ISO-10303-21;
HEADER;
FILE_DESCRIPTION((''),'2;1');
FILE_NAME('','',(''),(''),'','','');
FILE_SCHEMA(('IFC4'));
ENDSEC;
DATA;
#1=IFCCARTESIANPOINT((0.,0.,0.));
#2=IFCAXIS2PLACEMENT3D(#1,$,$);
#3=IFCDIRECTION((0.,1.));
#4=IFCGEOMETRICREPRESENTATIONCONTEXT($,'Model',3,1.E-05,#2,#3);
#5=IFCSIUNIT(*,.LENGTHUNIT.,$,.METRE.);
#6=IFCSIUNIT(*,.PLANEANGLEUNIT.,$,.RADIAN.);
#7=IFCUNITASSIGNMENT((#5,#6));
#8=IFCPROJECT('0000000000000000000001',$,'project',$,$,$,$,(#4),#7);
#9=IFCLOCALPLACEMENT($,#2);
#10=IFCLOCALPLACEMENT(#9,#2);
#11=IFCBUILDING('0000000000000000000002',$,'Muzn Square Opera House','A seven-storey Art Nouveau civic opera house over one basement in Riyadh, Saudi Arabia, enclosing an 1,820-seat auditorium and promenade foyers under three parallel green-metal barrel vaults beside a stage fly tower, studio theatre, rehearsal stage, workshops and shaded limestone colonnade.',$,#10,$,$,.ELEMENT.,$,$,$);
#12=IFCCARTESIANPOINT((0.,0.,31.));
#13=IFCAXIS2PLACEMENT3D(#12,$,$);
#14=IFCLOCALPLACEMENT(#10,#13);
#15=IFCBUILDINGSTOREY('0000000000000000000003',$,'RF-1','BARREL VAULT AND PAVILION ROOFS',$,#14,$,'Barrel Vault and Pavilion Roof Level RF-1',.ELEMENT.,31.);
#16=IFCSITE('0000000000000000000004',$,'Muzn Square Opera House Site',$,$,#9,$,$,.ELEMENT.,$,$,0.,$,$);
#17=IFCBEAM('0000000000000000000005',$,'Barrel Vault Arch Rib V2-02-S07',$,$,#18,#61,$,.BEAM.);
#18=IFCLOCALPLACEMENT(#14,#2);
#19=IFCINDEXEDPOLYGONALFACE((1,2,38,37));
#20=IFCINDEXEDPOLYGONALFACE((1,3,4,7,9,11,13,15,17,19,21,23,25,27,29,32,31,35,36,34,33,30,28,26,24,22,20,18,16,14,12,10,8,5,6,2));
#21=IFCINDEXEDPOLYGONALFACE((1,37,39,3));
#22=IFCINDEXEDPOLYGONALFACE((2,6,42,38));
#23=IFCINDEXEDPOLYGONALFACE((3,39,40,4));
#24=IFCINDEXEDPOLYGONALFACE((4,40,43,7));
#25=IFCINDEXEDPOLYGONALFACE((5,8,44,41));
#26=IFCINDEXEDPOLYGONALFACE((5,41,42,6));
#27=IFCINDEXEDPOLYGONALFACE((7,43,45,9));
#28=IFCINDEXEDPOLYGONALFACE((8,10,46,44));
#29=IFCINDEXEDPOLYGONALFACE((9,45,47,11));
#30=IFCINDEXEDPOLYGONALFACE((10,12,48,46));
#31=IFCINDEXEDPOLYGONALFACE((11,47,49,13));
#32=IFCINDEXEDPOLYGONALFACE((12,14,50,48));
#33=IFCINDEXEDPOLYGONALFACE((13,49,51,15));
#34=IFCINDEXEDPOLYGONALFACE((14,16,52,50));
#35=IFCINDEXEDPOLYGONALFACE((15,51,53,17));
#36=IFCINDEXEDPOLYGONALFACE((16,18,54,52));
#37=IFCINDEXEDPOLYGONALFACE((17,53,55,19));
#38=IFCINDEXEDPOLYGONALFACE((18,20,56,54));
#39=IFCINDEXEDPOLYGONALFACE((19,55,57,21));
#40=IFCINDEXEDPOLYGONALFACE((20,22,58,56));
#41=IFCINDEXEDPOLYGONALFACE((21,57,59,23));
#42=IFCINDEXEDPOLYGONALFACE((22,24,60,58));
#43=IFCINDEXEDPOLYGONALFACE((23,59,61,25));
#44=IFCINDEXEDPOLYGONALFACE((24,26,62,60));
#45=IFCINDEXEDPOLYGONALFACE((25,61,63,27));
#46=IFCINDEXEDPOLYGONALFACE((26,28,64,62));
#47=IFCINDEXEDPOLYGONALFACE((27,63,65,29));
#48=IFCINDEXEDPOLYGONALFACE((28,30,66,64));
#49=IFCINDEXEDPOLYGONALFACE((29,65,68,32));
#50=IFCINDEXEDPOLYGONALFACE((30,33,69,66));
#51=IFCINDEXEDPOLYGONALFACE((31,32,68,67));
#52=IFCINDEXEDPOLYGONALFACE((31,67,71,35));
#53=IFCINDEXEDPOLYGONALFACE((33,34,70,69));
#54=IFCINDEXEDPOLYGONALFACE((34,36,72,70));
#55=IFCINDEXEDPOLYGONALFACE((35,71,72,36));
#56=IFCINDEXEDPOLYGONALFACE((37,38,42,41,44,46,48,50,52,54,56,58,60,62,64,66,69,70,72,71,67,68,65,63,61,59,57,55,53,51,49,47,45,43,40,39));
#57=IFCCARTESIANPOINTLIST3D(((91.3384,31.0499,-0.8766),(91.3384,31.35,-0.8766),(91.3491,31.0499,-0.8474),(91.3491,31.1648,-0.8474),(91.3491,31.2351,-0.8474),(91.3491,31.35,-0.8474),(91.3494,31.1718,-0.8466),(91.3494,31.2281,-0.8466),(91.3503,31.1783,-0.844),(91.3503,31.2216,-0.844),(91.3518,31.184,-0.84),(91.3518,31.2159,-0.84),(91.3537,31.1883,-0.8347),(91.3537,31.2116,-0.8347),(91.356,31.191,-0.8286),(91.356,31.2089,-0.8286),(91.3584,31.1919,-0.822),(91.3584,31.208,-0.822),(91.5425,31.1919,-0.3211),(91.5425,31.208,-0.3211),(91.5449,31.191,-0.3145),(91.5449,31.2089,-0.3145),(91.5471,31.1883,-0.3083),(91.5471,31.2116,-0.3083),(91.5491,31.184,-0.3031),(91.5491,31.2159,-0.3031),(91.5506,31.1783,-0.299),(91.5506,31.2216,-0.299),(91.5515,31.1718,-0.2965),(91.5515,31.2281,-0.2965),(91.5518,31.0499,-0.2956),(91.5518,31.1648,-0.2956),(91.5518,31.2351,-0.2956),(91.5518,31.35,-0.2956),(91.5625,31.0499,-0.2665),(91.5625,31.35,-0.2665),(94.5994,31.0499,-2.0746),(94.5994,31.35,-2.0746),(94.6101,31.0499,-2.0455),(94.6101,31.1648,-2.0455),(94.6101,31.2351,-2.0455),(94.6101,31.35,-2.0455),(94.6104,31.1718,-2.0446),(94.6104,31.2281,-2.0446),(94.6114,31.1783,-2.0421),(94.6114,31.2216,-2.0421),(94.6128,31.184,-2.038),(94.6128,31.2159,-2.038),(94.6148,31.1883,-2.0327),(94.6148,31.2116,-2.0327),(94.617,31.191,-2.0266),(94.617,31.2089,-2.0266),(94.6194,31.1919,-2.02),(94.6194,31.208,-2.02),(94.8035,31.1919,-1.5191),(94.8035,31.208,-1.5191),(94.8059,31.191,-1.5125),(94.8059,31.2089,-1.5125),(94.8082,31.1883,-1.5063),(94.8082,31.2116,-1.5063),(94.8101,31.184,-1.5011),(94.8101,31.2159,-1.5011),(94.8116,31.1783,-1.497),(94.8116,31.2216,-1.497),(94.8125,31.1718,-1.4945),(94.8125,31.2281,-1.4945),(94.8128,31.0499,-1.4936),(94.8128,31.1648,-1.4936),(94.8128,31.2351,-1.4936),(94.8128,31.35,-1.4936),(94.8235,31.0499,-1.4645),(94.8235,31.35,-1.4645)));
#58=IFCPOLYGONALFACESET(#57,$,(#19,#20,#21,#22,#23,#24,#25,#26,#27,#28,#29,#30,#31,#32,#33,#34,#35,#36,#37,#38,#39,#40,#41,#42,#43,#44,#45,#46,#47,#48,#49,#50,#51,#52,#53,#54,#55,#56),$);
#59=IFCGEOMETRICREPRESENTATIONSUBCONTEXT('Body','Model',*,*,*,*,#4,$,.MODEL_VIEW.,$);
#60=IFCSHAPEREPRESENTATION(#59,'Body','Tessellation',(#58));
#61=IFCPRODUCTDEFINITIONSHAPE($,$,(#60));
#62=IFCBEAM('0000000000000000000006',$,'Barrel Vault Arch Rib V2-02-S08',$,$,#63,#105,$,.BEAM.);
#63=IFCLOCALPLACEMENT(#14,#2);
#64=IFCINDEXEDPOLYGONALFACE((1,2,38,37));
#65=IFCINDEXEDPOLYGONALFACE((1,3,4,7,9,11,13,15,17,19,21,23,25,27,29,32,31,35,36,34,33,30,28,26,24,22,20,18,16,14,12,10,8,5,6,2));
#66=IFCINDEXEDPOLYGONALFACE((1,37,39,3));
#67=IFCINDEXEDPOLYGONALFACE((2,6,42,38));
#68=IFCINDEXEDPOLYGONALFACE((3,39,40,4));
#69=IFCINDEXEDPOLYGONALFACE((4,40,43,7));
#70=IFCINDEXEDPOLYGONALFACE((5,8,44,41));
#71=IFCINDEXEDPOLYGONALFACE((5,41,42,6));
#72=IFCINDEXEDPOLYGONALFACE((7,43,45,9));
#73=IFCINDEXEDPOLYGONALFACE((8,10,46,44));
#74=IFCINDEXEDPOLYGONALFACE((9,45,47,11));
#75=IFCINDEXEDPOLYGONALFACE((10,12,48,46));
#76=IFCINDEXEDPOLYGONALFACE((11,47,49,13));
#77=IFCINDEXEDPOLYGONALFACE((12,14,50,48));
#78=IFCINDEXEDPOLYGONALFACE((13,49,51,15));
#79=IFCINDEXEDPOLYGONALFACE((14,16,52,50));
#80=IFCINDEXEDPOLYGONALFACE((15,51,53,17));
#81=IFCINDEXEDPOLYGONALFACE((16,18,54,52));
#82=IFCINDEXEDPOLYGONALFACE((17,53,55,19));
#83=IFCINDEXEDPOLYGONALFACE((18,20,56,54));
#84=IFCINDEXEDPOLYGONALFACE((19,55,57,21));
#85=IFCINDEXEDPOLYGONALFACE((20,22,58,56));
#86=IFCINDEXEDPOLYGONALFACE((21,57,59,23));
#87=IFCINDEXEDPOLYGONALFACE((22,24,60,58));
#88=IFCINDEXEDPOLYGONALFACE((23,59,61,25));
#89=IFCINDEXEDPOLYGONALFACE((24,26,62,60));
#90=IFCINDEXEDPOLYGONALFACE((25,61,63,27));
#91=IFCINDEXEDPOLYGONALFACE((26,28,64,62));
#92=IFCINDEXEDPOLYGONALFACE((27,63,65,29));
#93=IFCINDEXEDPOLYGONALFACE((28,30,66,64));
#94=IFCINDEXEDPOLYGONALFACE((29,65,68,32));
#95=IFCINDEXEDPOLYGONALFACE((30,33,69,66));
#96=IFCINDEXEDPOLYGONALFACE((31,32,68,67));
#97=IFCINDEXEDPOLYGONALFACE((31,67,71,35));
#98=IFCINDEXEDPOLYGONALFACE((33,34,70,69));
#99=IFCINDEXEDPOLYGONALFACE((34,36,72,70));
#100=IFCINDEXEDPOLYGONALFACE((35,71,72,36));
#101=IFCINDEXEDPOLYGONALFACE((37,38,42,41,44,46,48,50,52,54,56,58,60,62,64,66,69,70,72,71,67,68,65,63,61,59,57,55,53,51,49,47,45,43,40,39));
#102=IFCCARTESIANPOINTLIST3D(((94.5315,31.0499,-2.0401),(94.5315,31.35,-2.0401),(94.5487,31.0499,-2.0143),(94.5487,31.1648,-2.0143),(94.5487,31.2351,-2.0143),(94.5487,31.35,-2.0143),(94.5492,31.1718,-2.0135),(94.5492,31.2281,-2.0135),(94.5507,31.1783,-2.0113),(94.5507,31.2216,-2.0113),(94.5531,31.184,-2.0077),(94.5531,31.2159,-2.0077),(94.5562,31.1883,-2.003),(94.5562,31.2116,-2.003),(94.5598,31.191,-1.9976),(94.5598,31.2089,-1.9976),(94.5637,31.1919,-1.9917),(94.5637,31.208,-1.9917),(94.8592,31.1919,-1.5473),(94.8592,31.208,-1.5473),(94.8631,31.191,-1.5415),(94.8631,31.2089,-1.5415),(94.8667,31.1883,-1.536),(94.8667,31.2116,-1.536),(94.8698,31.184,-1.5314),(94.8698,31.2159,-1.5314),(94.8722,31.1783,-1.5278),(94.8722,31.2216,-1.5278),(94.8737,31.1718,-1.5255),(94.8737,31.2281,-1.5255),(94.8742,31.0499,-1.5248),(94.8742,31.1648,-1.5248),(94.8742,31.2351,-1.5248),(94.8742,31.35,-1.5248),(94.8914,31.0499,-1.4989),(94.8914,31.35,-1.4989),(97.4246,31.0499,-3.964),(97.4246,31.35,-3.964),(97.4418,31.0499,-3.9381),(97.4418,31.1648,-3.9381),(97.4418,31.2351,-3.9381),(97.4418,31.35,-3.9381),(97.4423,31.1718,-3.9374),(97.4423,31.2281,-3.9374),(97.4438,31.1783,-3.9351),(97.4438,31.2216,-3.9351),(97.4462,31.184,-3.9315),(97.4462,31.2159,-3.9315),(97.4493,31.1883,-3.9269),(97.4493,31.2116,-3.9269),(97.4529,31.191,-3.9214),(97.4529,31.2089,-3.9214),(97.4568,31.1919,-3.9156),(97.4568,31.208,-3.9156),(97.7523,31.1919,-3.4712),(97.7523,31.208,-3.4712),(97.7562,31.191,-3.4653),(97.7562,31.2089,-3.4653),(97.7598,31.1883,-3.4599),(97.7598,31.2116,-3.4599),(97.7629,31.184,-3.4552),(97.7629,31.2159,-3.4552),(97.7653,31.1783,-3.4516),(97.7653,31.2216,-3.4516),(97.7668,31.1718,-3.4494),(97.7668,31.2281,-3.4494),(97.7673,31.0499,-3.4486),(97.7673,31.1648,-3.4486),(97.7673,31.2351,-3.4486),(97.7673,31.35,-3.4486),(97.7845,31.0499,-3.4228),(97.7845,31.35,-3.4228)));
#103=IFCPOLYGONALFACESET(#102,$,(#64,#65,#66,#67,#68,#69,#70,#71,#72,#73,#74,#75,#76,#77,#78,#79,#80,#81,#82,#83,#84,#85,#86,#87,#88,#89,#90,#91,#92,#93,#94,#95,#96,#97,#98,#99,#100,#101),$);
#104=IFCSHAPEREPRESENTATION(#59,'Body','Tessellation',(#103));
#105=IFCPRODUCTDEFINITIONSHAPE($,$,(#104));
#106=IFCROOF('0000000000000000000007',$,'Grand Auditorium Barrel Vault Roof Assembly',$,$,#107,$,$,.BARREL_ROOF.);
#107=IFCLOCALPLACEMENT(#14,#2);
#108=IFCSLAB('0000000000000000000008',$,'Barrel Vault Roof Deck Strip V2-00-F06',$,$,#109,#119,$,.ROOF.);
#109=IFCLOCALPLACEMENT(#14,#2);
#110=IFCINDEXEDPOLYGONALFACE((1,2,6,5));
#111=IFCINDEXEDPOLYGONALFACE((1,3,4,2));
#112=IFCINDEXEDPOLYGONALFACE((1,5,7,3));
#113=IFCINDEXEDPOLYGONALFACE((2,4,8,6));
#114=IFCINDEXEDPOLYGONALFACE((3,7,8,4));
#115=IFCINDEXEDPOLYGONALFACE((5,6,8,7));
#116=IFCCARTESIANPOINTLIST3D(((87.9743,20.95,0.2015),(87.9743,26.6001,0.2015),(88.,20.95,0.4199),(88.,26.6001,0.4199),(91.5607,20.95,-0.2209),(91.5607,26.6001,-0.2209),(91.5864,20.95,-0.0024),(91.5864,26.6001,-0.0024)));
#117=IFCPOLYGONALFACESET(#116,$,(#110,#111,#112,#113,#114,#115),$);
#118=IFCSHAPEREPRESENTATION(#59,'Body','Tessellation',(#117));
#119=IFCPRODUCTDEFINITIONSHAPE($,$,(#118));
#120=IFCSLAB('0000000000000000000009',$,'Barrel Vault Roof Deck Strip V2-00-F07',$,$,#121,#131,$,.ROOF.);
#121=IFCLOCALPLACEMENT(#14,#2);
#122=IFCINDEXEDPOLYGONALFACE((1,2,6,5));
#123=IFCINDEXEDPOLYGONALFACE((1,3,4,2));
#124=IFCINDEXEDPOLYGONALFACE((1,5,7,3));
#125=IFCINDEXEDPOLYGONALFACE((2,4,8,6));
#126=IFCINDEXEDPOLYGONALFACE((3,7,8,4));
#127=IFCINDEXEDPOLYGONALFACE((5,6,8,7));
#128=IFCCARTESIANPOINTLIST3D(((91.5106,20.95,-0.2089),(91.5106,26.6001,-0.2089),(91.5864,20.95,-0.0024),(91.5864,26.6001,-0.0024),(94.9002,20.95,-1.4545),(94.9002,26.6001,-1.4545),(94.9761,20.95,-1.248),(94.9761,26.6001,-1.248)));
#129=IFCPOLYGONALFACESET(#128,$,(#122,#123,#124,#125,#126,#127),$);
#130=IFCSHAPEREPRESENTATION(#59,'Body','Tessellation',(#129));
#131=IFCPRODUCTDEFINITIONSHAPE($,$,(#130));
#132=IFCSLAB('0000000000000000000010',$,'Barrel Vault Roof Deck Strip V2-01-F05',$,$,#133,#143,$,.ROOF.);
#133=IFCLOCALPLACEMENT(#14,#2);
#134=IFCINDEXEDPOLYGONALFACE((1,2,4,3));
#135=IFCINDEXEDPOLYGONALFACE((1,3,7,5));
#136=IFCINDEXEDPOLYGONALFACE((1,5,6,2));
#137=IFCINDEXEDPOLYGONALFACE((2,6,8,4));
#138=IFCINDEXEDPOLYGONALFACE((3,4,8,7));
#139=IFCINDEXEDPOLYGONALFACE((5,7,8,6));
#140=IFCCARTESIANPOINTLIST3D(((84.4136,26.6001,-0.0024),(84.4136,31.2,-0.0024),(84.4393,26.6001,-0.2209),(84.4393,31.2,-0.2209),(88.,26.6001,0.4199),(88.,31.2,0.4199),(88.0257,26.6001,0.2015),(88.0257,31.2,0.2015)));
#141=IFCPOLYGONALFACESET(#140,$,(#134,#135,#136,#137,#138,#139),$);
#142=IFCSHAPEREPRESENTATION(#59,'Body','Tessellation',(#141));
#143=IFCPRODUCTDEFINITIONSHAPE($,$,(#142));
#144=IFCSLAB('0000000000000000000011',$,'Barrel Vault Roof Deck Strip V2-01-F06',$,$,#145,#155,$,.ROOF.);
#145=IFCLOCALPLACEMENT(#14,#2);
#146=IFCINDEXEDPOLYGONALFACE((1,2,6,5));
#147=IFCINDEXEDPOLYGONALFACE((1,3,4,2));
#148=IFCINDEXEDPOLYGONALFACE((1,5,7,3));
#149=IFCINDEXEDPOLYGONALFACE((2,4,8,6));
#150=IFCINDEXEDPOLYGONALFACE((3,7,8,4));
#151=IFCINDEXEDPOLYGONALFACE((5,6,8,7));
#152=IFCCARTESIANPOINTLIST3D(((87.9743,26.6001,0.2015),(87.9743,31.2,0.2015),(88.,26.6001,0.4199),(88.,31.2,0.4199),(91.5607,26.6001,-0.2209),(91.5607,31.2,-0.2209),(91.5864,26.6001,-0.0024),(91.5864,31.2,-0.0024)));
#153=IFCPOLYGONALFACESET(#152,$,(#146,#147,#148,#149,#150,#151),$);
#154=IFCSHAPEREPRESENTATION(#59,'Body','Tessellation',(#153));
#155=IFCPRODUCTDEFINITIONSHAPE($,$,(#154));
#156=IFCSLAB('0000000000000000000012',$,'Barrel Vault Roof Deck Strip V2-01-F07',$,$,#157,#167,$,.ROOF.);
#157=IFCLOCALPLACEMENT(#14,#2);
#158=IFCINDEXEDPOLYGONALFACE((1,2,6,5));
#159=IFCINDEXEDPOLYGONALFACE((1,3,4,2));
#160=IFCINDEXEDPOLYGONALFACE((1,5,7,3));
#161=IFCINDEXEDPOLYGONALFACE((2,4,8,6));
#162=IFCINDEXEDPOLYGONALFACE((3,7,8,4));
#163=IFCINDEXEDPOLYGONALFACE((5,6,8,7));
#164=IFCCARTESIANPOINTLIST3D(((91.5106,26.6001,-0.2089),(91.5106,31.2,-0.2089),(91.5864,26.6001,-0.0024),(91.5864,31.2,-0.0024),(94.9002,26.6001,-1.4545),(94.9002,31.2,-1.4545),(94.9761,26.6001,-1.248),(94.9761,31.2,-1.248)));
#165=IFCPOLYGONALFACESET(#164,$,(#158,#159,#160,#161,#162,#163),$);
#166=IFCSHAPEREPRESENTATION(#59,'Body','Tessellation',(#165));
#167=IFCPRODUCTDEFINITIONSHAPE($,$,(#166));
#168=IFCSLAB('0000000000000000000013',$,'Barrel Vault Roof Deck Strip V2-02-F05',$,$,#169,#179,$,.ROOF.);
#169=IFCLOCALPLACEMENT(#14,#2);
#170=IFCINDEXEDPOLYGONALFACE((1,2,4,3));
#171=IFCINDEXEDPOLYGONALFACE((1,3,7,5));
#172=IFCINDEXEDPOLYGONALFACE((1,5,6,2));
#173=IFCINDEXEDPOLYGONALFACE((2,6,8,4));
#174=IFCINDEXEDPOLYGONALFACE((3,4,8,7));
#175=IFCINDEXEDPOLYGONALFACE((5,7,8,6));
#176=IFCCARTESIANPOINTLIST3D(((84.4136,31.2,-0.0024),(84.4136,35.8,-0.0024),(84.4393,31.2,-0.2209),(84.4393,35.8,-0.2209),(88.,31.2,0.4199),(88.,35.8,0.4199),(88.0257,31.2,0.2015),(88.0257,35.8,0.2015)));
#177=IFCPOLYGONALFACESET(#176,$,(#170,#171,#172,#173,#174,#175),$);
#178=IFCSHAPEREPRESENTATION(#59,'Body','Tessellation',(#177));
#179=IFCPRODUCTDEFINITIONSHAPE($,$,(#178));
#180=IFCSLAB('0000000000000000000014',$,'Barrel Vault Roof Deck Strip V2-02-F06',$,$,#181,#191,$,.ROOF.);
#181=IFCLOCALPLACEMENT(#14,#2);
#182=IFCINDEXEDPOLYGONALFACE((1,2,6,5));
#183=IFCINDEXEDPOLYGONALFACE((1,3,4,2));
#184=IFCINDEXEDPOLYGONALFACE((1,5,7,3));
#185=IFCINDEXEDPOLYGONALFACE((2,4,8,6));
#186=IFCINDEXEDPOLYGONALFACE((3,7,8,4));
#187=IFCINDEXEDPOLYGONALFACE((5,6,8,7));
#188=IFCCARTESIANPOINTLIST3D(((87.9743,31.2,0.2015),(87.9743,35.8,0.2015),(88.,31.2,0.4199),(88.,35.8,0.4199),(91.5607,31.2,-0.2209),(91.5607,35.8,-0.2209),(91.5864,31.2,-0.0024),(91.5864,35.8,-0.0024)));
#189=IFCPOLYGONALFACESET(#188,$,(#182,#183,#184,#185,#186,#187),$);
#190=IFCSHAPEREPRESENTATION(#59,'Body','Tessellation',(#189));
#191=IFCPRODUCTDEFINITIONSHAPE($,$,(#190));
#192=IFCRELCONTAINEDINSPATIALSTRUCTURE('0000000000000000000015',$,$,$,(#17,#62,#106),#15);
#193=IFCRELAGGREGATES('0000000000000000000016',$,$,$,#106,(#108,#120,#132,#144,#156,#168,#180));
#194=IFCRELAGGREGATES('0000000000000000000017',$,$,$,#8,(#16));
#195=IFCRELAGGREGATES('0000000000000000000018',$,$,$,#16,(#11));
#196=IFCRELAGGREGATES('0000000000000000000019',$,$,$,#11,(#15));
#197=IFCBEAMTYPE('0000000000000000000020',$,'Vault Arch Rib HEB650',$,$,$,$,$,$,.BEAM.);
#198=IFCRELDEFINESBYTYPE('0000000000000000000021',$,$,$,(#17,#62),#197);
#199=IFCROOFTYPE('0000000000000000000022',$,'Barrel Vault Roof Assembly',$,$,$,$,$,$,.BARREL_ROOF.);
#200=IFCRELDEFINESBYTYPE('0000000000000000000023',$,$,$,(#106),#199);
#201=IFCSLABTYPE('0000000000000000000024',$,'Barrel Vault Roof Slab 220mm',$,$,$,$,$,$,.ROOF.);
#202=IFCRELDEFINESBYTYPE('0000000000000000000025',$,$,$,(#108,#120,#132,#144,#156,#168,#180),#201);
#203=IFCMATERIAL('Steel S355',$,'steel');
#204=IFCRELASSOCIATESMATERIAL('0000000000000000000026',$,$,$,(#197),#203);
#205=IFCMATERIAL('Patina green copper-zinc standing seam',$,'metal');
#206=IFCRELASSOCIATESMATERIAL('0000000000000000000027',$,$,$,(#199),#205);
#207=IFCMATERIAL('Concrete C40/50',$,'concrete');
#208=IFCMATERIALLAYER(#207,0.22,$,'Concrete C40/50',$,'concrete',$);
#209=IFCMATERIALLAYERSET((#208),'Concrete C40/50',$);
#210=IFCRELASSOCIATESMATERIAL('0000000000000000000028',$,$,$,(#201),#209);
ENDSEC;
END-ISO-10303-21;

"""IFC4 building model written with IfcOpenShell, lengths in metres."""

from ifc_helpers import new_model, si_unit, direction, frame, origin, origin_2d, place, context, subcontext, project, spatial, polyline, i_section, outline, extrude, material, layer, layer_set, material_profile, profile_set, type_object, element, aggregate, save


model = new_model("IFC4")

# Units and contexts
model_context = context("Model", 3, precision=1e-05, world=origin(), true_north=direction((0.0, 1.0)))
body_context = subcontext(model_context, "Body", "Model", "MODEL_VIEW")
ifc_project = project(units=[si_unit("LENGTHUNIT", "METRE"), si_unit("PLANEANGLEUNIT", "RADIAN")], contexts=[model_context])

# Site, building, storey
site_placement = place(None, origin())
site = spatial("IfcSite", under=ifc_project, at=site_placement, Name="Muzn Square Opera House Site", CompositionType="ELEMENT", RefElevation=0.0)
building_placement = place(site_placement, origin())
building = spatial("IfcBuilding", under=site, at=building_placement, Name="Muzn Square Opera House", Description="A seven-storey Art Nouveau civic opera house over one basement in Riyadh, Saudi Arabia, enclosing an 1,820-seat auditorium and promenade foyers under three parallel green-metal barrel vaults beside a stage fly tower, studio theatre, rehearsal stage, workshops and shaded limestone colonnade.", CompositionType="ELEMENT")
storey_placement = place(building_placement, frame((0.0, 0.0, 31.0)))
storey = spatial("IfcBuildingStorey", under=building, at=storey_placement, Name="RF-1", Description="BARREL VAULT AND PAVILION ROOFS", LongName="Barrel Vault and Pavilion Roof Level RF-1", CompositionType="ELEMENT", Elevation=31.0)

# Beams
ifc_material_1 = material(Name="Steel S355", Category="steel")
ifc_material_profile_1 = material_profile(ifc_material_1, i_section(OverallWidth=0.3, OverallDepth=0.6499, WebThickness=0.0161, FlangeThickness=0.031, FilletRadius=0.0271, at=origin_2d()), Name="HEB 650", Category="steel")
ifc_profile_set_1 = profile_set([ifc_material_profile_1], Name="Steel S355")
beam_type_1 = type_object("IfcBeamType", Name="Vault Arch Rib HEB650", PredefinedType="BEAM", material=ifc_profile_set_1)
beam_1_placement = place(storey_placement, frame((91.4504, 31.2, -0.5715), z_axis=(0.938662, 0.0, -0.344839), x_axis=(0.0, 1.0, 0.0)))
element("IfcBeam", 1, at=beam_1_placement, inside=storey, type_object=beam_type_1, Name="Barrel Vault Arch Rib V2-02-S07", PredefinedType="BEAM", context=body_context, shape_type="SweptSolid", body=[
    extrude(i_section(OverallWidth=0.3, OverallDepth=0.6499, WebThickness=0.0161, FlangeThickness=0.031, FilletRadius=0.0271, at=origin_2d()), origin(), (0.0, 0.0, 1.0), 3.4741),
])
beam_2_placement = place(storey_placement, frame((94.7114, 31.2, -1.7695), z_axis=(0.832698, 0.0, -0.553727), x_axis=(0.0, 1.0, 0.0)))
element("IfcBeam", 2, at=beam_2_placement, inside=storey, type_object=beam_type_1, Name="Barrel Vault Arch Rib V2-02-S08", PredefinedType="BEAM", context=body_context, shape_type="SweptSolid", body=[
    extrude(i_section(OverallWidth=0.3, OverallDepth=0.6499, WebThickness=0.0161, FlangeThickness=0.031, FilletRadius=0.0271, at=origin_2d()), origin(), (0.0, 0.0, 1.0), 3.4744),
])

# Roof, slabs
ifc_material_2 = material(Name="Patina green copper-zinc standing seam", Category="metal")
roof_type = type_object("IfcRoofType", Name="Barrel Vault Roof Assembly", PredefinedType="BARREL_ROOF", material=ifc_material_2)
roof_placement = place(storey_placement, origin())
roof = element("IfcRoof", 3, at=roof_placement, inside=storey, type_object=roof_type, Name="Grand Auditorium Barrel Vault Roof Assembly", PredefinedType="BARREL_ROOF")
ifc_material_3 = material(Name="Concrete C40/50", Category="concrete")
ifc_layer_1 = layer(ifc_material_3, 0.22, Name="Concrete C40/50", Category="concrete")
ifc_layer_set_1 = layer_set([ifc_layer_1], Name="Concrete C40/50")
slab_type = type_object("IfcSlabType", Name="Barrel Vault Roof Slab 220mm", PredefinedType="ROOF", material=ifc_layer_set_1)
slab_1_placement = place(storey_placement, frame((88.0, 20.95, 0.4199), z_axis=(0.116959, 0.0, 0.993137), x_axis=(0.993137, 0.0, -0.116959)))
slab_1 = element("IfcSlab", 4, at=slab_1_placement, type_object=slab_type, Name="Barrel Vault Roof Deck Strip V2-00-F06", PredefinedType="ROOF", context=body_context, shape_type="SweptSolid", body=[
    extrude(outline(polyline([(0.0, 0.0), (3.6112, 0.0), (3.6112, 5.6501), (0.0, 5.6501), (0.0, 0.0)])), origin(), (0.0, 0.0, -1.0), 0.22),
])
slab_2_placement = place(storey_placement, frame((91.5864, 20.95, -0.0024), z_axis=(0.344922, 0.0, 0.938631), x_axis=(0.938631, 0.0, -0.344922)))
slab_2 = element("IfcSlab", 5, at=slab_2_placement, type_object=slab_type, Name="Barrel Vault Roof Deck Strip V2-00-F07", PredefinedType="ROOF", context=body_context, shape_type="SweptSolid", body=[
    extrude(outline(polyline([(0.0, 0.0), (3.6113, 0.0), (3.6113, 5.6501), (0.0, 5.6501), (0.0, 0.0)])), origin(), (0.0, 0.0, -1.0), 0.22),
])
slab_3_placement = place(storey_placement, frame((88.0, 26.6001, 0.4199), z_axis=(-0.116959, 0.0, 0.993137), x_axis=(0.0, 1.0, 0.0)))
slab_3 = element("IfcSlab", 6, at=slab_3_placement, type_object=slab_type, Name="Barrel Vault Roof Deck Strip V2-01-F05", PredefinedType="ROOF", context=body_context, shape_type="SweptSolid", body=[
    extrude(outline(polyline([(0.0, 3.6112), (0.0, 0.0), (4.5999, 0.0), (4.5999, 3.6112), (0.0, 3.6112)])), origin(), (0.0, 0.0, -1.0), 0.22),
])
slab_4_placement = place(storey_placement, frame((88.0, 26.6001, 0.4199), z_axis=(0.116959, 0.0, 0.993137), x_axis=(0.993137, 0.0, -0.116959)))
slab_4 = element("IfcSlab", 7, at=slab_4_placement, type_object=slab_type, Name="Barrel Vault Roof Deck Strip V2-01-F06", PredefinedType="ROOF", context=body_context, shape_type="SweptSolid", body=[
    extrude(outline(polyline([(0.0, 0.0), (3.6112, 0.0), (3.6112, 4.5999), (0.0, 4.5999), (0.0, 0.0)])), origin(), (0.0, 0.0, -1.0), 0.22),
])
slab_5_placement = place(storey_placement, frame((91.5864, 26.6001, -0.0024), z_axis=(0.344922, 0.0, 0.938631), x_axis=(0.938631, 0.0, -0.344922)))
slab_5 = element("IfcSlab", 8, at=slab_5_placement, type_object=slab_type, Name="Barrel Vault Roof Deck Strip V2-01-F07", PredefinedType="ROOF", context=body_context, shape_type="SweptSolid", body=[
    extrude(outline(polyline([(0.0, 0.0), (3.6113, 0.0), (3.6113, 4.5999), (0.0, 4.5999), (0.0, 0.0)])), origin(), (0.0, 0.0, -1.0), 0.22),
])
slab_6_placement = place(storey_placement, frame((88.0, 31.2, 0.4199), z_axis=(-0.116959, 0.0, 0.993137), x_axis=(0.0, 1.0, 0.0)))
slab_6 = element("IfcSlab", 9, at=slab_6_placement, type_object=slab_type, Name="Barrel Vault Roof Deck Strip V2-02-F05", PredefinedType="ROOF", context=body_context, shape_type="SweptSolid", body=[
    extrude(outline(polyline([(0.0, 3.6112), (0.0, 0.0), (4.6001, 0.0), (4.6001, 3.6112), (0.0, 3.6112)])), origin(), (0.0, 0.0, -1.0), 0.22),
])
slab_7_placement = place(storey_placement, frame((88.0, 31.2, 0.4199), z_axis=(0.116959, 0.0, 0.993137), x_axis=(0.993137, 0.0, -0.116959)))
slab_7 = element("IfcSlab", 10, at=slab_7_placement, type_object=slab_type, Name="Barrel Vault Roof Deck Strip V2-02-F06", PredefinedType="ROOF", context=body_context, shape_type="SweptSolid", body=[
    extrude(outline(polyline([(0.0, 0.0), (3.6112, 0.0), (3.6112, 4.6001), (0.0, 4.6001), (0.0, 0.0)])), origin(), (0.0, 0.0, -1.0), 0.22),
])
aggregate(roof, [slab_1, slab_2, slab_3, slab_4, slab_5, slab_6, slab_7])

save(model, "model.ifc")
